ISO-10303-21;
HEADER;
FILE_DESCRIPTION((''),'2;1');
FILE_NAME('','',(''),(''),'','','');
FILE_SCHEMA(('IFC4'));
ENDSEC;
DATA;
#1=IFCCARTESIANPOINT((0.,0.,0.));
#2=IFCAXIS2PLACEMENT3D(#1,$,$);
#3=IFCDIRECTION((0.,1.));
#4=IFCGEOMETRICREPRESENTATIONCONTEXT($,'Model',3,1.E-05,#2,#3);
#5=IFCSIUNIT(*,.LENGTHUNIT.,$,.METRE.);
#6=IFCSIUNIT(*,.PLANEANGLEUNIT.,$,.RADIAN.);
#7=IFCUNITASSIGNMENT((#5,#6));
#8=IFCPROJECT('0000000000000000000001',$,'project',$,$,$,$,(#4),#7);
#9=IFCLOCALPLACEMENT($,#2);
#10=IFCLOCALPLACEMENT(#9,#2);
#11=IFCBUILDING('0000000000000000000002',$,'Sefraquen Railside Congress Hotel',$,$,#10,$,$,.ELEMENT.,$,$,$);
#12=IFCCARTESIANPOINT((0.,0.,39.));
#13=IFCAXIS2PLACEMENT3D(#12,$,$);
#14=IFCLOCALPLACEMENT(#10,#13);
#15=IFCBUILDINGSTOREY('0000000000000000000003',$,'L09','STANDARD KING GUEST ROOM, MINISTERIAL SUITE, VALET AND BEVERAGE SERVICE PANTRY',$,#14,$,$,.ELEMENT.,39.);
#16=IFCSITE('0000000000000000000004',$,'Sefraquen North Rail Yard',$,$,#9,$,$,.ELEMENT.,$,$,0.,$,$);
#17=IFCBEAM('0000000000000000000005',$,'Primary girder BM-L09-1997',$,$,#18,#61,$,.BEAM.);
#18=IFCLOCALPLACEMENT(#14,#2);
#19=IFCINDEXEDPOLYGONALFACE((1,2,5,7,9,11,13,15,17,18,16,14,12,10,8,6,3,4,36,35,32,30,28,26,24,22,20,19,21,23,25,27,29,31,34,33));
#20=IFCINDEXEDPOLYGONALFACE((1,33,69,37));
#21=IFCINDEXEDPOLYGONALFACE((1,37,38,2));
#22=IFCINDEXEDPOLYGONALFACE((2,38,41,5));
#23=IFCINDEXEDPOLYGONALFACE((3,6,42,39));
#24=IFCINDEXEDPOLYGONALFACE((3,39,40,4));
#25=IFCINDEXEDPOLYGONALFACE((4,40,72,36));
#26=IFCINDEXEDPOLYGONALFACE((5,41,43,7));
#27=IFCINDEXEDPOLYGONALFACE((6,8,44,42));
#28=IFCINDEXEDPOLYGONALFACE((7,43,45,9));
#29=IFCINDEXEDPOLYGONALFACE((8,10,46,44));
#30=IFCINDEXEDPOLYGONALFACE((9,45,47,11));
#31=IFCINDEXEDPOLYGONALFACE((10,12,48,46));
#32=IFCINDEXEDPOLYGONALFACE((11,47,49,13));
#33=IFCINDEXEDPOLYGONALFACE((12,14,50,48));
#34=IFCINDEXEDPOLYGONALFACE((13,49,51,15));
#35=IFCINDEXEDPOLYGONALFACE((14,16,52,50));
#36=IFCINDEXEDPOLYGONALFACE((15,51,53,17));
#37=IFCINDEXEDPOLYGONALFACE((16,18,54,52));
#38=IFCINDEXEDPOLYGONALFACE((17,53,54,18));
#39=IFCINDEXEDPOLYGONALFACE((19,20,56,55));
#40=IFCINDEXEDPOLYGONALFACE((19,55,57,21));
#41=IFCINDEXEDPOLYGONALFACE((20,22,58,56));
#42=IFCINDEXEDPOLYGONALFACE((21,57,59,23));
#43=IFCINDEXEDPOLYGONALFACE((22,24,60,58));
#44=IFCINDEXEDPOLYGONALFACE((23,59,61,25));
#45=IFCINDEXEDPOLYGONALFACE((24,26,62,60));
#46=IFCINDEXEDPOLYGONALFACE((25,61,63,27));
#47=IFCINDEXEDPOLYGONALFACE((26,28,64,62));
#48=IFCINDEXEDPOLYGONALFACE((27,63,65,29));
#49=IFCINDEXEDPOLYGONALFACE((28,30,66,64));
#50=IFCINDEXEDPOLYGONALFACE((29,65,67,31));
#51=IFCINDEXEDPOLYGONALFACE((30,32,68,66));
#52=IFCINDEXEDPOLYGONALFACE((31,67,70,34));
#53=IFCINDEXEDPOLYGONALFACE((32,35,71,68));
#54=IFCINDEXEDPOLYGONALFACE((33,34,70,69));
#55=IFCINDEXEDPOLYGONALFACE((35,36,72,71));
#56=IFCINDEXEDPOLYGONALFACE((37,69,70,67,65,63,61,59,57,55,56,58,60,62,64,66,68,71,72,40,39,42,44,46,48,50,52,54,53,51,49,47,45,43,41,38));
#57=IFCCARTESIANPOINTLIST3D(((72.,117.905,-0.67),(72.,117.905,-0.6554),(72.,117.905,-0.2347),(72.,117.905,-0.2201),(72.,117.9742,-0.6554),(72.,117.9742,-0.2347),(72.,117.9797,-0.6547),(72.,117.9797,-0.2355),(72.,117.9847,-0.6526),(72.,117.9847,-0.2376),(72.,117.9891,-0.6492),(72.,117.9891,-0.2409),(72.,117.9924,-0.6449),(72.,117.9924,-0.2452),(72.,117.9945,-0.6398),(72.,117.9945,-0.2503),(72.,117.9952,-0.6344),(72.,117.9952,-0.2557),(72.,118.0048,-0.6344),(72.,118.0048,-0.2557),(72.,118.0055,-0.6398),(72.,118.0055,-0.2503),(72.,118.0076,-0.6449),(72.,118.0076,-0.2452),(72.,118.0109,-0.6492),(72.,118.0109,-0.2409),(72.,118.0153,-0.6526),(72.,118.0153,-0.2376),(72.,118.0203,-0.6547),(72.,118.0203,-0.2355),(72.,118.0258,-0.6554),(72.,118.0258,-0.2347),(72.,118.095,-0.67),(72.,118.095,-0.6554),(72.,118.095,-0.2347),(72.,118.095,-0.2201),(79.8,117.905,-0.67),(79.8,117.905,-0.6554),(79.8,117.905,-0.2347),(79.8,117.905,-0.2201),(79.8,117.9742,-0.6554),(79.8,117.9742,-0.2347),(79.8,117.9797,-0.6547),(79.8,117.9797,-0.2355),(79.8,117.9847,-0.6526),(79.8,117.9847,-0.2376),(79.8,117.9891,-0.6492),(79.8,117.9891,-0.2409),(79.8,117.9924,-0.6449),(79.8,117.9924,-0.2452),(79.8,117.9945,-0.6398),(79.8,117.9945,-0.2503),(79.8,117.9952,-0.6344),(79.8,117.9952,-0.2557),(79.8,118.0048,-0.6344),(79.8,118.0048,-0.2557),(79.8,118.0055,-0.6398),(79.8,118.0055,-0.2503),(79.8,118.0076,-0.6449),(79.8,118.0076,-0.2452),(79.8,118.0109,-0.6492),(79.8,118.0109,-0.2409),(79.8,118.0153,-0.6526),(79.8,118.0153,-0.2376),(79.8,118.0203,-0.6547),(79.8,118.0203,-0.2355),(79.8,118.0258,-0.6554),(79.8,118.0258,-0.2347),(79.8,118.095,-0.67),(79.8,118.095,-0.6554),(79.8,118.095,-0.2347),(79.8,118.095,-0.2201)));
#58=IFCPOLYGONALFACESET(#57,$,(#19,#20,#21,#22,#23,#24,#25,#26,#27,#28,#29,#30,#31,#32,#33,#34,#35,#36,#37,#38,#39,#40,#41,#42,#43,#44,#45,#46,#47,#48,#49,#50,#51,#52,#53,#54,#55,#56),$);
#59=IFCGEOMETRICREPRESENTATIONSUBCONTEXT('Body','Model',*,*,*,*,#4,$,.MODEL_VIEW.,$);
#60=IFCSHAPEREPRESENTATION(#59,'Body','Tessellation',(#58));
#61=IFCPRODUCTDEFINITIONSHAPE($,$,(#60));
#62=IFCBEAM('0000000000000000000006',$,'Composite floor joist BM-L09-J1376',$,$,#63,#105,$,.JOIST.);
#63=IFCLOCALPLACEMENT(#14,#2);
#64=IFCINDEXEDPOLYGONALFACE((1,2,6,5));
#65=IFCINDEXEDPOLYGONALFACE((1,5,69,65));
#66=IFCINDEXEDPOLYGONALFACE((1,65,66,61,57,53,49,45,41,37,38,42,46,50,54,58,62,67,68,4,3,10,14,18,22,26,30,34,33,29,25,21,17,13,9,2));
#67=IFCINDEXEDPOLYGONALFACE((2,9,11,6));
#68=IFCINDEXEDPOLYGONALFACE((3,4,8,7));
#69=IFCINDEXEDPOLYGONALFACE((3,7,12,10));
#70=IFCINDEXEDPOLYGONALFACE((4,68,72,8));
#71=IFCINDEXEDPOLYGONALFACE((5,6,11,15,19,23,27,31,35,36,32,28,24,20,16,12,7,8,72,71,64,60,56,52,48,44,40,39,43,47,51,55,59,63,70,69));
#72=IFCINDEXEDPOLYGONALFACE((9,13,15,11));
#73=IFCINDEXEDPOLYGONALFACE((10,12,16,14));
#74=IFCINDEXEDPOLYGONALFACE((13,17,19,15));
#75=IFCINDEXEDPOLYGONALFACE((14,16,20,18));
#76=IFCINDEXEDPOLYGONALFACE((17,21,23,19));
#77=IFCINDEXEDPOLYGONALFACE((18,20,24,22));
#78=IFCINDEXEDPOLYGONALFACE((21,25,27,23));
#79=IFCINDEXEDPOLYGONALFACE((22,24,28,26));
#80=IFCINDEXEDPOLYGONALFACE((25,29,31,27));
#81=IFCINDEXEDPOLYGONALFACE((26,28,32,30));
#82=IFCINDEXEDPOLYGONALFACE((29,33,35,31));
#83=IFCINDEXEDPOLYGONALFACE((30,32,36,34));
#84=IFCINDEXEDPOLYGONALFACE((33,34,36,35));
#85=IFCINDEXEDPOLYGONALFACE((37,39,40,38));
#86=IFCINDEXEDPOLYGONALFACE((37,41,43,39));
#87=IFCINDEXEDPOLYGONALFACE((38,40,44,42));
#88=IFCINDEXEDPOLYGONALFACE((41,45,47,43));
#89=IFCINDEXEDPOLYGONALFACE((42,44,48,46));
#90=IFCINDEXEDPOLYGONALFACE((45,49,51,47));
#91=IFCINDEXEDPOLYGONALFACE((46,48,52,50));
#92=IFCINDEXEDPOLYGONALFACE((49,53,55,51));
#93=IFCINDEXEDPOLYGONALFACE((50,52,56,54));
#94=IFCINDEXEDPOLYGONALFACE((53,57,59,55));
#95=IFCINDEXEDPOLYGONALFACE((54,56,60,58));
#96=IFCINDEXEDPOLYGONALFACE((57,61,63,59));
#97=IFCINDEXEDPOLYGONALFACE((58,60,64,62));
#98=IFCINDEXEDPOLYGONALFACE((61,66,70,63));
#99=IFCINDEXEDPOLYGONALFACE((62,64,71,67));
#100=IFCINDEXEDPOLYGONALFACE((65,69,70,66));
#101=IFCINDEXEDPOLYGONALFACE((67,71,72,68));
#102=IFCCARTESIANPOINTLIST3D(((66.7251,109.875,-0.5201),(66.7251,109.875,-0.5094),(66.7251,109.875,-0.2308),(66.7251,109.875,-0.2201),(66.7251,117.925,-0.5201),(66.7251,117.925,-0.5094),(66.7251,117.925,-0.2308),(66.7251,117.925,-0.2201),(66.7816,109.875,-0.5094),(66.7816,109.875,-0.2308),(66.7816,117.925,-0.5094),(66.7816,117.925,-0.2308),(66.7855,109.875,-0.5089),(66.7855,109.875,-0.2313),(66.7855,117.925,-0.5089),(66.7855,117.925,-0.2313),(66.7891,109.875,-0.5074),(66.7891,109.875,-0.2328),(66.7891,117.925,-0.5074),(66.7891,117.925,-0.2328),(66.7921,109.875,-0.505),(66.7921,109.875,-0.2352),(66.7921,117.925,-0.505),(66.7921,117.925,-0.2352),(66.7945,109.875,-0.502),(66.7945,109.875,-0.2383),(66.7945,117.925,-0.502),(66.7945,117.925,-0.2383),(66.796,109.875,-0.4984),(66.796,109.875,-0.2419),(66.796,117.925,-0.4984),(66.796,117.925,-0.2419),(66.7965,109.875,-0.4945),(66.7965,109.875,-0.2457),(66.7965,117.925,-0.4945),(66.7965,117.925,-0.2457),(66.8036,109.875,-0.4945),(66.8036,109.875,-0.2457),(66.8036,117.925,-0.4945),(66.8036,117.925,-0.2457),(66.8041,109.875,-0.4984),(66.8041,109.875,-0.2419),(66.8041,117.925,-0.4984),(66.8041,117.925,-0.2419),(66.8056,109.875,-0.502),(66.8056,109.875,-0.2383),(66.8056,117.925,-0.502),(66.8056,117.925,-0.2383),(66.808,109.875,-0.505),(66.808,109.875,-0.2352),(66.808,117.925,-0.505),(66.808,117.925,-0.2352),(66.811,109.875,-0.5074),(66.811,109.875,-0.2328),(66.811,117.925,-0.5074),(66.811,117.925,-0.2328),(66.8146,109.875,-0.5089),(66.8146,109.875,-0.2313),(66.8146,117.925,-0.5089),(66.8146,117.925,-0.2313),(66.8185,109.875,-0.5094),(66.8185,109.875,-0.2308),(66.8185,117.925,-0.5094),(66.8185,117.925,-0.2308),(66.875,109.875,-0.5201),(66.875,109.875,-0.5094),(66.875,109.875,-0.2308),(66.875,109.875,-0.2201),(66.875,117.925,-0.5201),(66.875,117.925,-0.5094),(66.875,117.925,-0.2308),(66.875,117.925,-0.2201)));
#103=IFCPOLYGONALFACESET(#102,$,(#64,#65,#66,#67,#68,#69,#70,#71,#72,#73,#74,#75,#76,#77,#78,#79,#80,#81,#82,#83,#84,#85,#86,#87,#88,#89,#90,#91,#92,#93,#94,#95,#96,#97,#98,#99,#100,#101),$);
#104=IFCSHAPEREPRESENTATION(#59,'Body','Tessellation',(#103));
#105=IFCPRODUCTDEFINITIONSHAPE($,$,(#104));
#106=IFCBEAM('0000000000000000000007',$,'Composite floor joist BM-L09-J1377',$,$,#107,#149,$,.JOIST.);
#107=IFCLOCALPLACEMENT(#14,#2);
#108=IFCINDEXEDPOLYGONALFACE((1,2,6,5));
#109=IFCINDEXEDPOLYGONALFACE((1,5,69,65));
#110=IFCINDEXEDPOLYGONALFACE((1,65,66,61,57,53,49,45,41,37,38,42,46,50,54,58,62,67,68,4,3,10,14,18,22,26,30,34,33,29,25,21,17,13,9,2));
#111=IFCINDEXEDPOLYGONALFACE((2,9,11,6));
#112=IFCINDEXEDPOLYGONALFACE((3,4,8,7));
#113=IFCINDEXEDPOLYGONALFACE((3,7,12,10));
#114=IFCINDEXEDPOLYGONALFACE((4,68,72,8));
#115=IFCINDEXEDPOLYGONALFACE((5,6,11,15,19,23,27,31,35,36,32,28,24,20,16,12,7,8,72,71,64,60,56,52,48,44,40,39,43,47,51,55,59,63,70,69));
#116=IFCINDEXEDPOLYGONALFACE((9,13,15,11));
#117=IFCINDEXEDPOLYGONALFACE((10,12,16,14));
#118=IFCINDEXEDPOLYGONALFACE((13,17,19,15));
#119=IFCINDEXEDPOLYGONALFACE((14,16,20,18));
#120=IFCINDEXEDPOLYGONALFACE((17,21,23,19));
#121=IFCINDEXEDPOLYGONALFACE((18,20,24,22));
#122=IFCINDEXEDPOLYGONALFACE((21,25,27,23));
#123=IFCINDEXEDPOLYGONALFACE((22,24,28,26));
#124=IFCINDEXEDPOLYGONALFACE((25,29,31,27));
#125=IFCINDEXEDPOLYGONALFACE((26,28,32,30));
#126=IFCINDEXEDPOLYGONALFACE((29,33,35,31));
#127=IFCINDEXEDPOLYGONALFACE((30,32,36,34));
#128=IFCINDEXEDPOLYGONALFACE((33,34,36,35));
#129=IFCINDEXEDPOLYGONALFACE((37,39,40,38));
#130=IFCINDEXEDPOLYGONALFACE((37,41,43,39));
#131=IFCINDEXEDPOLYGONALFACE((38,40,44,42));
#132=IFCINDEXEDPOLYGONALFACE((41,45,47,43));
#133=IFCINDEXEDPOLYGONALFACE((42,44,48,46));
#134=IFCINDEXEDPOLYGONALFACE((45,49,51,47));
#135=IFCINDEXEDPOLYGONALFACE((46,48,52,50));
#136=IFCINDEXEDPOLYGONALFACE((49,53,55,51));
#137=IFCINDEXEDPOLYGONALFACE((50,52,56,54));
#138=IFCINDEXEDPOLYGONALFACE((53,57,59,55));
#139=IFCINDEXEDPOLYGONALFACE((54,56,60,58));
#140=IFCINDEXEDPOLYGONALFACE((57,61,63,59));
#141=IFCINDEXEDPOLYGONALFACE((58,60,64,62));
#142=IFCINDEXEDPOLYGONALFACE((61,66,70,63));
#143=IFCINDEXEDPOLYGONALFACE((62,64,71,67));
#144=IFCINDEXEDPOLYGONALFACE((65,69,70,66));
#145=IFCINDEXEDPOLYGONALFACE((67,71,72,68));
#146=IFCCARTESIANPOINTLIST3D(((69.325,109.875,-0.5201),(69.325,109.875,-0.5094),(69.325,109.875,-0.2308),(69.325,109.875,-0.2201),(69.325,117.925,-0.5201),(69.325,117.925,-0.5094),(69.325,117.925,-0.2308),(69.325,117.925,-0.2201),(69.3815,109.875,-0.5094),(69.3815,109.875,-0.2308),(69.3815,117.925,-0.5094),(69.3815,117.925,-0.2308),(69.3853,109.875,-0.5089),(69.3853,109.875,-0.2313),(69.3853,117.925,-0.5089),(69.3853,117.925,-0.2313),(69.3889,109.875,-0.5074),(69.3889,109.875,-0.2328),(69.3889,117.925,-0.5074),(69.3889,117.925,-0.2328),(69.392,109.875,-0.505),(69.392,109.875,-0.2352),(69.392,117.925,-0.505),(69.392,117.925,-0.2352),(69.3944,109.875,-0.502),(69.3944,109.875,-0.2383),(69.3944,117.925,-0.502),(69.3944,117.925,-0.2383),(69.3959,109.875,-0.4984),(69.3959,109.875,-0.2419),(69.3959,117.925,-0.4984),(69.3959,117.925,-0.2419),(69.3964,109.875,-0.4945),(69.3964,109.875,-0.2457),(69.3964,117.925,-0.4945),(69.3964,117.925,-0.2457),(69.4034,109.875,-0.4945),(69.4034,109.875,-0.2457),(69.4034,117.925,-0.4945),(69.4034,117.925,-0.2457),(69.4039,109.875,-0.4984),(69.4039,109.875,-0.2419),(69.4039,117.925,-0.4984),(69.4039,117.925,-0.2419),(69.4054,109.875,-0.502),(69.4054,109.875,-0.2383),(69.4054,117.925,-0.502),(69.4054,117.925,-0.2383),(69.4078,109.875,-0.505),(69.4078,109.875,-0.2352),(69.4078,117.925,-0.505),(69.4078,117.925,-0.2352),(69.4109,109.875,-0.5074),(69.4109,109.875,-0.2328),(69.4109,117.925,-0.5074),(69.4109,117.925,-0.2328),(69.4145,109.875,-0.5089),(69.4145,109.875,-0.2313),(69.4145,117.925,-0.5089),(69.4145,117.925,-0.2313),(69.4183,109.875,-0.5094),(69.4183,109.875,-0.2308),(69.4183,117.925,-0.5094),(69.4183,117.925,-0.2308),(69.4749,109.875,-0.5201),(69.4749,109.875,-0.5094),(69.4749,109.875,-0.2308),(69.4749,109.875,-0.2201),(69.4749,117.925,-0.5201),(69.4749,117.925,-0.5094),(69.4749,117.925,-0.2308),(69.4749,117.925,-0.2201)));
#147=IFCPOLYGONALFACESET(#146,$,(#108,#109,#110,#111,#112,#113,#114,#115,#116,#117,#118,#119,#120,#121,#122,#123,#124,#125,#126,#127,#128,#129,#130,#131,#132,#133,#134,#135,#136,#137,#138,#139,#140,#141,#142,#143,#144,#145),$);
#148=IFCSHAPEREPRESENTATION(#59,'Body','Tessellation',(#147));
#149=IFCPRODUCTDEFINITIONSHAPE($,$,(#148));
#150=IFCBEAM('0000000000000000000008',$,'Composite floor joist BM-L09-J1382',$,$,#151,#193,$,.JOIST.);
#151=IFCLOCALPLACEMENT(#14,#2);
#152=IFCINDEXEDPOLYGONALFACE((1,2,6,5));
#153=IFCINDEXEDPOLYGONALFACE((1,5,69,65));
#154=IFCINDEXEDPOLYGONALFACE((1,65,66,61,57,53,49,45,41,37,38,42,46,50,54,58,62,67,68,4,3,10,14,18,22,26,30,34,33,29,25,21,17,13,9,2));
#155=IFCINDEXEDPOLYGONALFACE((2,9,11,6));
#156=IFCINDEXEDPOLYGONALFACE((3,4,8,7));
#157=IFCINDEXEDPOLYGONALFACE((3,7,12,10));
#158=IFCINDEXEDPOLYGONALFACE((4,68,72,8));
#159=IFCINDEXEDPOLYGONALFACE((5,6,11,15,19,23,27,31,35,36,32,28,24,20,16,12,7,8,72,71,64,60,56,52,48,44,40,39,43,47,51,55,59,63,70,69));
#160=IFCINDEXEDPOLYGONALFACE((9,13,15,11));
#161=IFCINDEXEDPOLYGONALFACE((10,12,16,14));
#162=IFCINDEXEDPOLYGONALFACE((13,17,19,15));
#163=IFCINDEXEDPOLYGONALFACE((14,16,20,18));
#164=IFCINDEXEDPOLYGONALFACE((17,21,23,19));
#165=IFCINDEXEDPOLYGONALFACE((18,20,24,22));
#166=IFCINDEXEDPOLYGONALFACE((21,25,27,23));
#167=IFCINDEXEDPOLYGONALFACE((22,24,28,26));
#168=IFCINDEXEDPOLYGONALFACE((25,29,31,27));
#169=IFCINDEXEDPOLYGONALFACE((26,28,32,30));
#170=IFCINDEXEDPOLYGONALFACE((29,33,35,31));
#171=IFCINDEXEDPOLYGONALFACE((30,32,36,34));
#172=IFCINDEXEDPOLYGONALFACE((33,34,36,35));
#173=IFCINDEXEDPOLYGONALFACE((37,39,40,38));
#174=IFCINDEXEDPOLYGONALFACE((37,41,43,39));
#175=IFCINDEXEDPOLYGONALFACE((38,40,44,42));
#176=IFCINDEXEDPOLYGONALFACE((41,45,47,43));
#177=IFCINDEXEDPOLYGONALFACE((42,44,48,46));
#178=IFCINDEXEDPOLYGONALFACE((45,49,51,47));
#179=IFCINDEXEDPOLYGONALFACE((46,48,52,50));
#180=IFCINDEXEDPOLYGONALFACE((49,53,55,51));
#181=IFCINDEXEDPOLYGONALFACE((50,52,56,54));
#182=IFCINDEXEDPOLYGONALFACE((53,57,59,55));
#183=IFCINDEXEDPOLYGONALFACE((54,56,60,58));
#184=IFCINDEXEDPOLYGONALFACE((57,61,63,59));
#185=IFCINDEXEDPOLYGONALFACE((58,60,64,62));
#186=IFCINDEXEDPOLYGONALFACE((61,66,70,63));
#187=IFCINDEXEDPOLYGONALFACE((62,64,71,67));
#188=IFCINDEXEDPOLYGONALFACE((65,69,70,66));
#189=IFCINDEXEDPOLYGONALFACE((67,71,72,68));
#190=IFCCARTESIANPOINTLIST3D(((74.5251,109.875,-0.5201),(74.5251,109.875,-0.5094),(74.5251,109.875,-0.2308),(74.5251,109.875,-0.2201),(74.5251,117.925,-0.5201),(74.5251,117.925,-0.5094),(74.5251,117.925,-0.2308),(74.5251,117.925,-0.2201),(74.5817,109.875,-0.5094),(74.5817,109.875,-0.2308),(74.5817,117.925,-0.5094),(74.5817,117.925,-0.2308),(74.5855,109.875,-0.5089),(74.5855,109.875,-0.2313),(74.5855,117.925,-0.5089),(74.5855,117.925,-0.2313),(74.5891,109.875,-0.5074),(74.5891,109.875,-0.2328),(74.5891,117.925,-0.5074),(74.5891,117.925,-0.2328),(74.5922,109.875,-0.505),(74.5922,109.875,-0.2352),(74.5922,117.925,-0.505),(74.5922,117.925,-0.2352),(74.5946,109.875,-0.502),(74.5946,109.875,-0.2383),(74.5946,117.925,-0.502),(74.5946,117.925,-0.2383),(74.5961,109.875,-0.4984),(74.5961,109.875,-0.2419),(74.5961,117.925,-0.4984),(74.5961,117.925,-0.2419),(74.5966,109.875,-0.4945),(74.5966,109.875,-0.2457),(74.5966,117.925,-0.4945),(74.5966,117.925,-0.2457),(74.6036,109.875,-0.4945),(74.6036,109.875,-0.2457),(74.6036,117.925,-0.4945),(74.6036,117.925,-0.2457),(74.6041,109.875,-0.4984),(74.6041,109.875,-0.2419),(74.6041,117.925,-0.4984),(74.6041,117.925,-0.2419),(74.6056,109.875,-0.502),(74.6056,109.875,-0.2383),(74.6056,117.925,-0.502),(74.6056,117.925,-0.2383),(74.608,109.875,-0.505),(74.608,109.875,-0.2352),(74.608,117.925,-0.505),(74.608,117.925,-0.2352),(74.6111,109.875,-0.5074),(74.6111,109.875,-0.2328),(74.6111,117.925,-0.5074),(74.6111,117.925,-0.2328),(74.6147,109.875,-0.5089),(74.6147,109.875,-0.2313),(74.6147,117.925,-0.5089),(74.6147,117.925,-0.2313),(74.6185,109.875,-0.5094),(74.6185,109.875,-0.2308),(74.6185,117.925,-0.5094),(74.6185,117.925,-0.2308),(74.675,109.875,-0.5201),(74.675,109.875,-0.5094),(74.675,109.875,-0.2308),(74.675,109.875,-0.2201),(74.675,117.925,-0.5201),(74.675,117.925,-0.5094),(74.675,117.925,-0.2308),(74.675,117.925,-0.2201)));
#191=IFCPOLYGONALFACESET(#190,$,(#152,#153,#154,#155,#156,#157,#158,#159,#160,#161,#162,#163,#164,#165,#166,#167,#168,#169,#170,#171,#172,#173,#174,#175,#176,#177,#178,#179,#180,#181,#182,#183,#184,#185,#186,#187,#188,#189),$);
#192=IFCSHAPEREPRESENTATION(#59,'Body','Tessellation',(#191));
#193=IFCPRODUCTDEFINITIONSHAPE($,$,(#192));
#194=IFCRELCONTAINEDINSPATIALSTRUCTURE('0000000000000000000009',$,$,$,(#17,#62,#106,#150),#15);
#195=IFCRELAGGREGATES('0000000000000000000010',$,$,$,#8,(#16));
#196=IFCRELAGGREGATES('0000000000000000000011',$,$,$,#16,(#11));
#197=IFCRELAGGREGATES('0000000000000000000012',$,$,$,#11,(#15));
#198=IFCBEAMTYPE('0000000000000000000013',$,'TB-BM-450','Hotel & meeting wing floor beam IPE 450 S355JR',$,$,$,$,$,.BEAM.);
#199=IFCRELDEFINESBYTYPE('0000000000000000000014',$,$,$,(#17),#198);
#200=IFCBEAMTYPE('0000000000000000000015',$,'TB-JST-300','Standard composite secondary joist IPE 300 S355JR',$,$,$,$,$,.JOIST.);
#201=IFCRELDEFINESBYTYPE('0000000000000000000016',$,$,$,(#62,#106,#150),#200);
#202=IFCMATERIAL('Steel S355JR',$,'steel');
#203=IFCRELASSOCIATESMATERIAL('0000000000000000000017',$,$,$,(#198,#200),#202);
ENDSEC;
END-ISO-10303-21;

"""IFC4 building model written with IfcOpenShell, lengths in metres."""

from ifc_helpers import new_model, si_unit, direction, frame, origin, origin_2d, place, context, subcontext, project, spatial, i_section, extrude, material, material_profile, profile_set, type_object, element, save


model = new_model("IFC4")

# Units and contexts
model_context = context("Model", 3, precision=1e-05, world=origin(), true_north=direction((0.0, 1.0)))
body_context = subcontext(model_context, "Body", "Model", "MODEL_VIEW")
ifc_project = project(units=[si_unit("LENGTHUNIT", "METRE"), si_unit("PLANEANGLEUNIT", "RADIAN")], contexts=[model_context])

# Site, building, storey
site_placement = place(None, origin())
site = spatial("IfcSite", under=ifc_project, at=site_placement, Name="Sefraquen North Rail Yard", CompositionType="ELEMENT", RefElevation=0.0)
building_placement = place(site_placement, origin())
building = spatial("IfcBuilding", under=site, at=building_placement, Name="Sefraquen Railside Congress Hotel", CompositionType="ELEMENT")
storey_placement = place(building_placement, frame((0.0, 0.0, 39.0)))
storey = spatial("IfcBuildingStorey", under=building, at=storey_placement, Name="L09", Description="STANDARD KING GUEST ROOM, MINISTERIAL SUITE, VALET AND BEVERAGE SERVICE PANTRY", CompositionType="ELEMENT", Elevation=39.0)

# Shared definitions
ifc_material_1 = material(Name="Steel S355JR", Category="steel")

# Beams
ifc_material_profile_1 = material_profile(ifc_material_1, i_section(OverallWidth=0.1899, OverallDepth=0.45, WebThickness=0.0095, FlangeThickness=0.0146, FilletRadius=0.021, at=origin_2d()), Name="IPE 450")
ifc_profile_set_1 = profile_set([ifc_material_profile_1], Name="Steel S355JR")
beam_type_1 = type_object("IfcBeamType", Name="TB-BM-450", Description="Hotel & meeting wing floor beam IPE 450 S355JR", PredefinedType="BEAM", material=ifc_profile_set_1)
for number, where, z_axis, x_axis, name in (
    (1, (72.0, 118.0, -0.4451), (1.0, 0.0, 0.0), (0.0, 1.0, 0.0), "Primary girder BM-L09-1997"),
):
    element("IfcBeam", number, at=place(storey_placement, frame(where, z_axis=z_axis, x_axis=x_axis)), inside=storey, type_object=beam_type_1, Name=name, PredefinedType="BEAM", context=body_context, shape_type="SweptSolid", body=[
        extrude(i_section(OverallWidth=0.1899, OverallDepth=0.45, WebThickness=0.0095, FlangeThickness=0.0146, FilletRadius=0.021, at=origin_2d()), origin(), (0.0, 0.0, 1.0), 7.8),
    ])
ifc_material_profile_2 = material_profile(ifc_material_1, i_section(OverallWidth=0.1499, OverallDepth=0.3, WebThickness=0.0071, FlangeThickness=0.0107, FilletRadius=0.0149, at=origin_2d()), Name="IPE 300")
ifc_profile_set_2 = profile_set([ifc_material_profile_2], Name="Steel S355JR")
beam_type_2 = type_object("IfcBeamType", Name="TB-JST-300", Description="Standard composite secondary joist IPE 300 S355JR", PredefinedType="JOIST", material=ifc_profile_set_2)
for number, where, z_axis, x_axis, name in (
    (2, (66.8, 109.875, -0.3701), (0.0, 1.0, 0.0), (-1.0, 0.0, 0.0), "Composite floor joist BM-L09-J1376"),
    (3, (69.3999, 109.875, -0.3701), (0.0, 1.0, 0.0), (-1.0, 0.0, 0.0), "Composite floor joist BM-L09-J1377"),
    (4, (74.6001, 109.875, -0.3701), (0.0, 1.0, 0.0), (-1.0, 0.0, 0.0), "Composite floor joist BM-L09-J1382"),
):
    element("IfcBeam", number, at=place(storey_placement, frame(where, z_axis=z_axis, x_axis=x_axis)), inside=storey, type_object=beam_type_2, Name=name, PredefinedType="JOIST", context=body_context, shape_type="SweptSolid", body=[
        extrude(i_section(OverallWidth=0.1499, OverallDepth=0.3, WebThickness=0.0071, FlangeThickness=0.0107, FilletRadius=0.0149, at=origin_2d()), origin(), (0.0, 0.0, 1.0), 8.05),
    ])

save(model, "model.ifc")
